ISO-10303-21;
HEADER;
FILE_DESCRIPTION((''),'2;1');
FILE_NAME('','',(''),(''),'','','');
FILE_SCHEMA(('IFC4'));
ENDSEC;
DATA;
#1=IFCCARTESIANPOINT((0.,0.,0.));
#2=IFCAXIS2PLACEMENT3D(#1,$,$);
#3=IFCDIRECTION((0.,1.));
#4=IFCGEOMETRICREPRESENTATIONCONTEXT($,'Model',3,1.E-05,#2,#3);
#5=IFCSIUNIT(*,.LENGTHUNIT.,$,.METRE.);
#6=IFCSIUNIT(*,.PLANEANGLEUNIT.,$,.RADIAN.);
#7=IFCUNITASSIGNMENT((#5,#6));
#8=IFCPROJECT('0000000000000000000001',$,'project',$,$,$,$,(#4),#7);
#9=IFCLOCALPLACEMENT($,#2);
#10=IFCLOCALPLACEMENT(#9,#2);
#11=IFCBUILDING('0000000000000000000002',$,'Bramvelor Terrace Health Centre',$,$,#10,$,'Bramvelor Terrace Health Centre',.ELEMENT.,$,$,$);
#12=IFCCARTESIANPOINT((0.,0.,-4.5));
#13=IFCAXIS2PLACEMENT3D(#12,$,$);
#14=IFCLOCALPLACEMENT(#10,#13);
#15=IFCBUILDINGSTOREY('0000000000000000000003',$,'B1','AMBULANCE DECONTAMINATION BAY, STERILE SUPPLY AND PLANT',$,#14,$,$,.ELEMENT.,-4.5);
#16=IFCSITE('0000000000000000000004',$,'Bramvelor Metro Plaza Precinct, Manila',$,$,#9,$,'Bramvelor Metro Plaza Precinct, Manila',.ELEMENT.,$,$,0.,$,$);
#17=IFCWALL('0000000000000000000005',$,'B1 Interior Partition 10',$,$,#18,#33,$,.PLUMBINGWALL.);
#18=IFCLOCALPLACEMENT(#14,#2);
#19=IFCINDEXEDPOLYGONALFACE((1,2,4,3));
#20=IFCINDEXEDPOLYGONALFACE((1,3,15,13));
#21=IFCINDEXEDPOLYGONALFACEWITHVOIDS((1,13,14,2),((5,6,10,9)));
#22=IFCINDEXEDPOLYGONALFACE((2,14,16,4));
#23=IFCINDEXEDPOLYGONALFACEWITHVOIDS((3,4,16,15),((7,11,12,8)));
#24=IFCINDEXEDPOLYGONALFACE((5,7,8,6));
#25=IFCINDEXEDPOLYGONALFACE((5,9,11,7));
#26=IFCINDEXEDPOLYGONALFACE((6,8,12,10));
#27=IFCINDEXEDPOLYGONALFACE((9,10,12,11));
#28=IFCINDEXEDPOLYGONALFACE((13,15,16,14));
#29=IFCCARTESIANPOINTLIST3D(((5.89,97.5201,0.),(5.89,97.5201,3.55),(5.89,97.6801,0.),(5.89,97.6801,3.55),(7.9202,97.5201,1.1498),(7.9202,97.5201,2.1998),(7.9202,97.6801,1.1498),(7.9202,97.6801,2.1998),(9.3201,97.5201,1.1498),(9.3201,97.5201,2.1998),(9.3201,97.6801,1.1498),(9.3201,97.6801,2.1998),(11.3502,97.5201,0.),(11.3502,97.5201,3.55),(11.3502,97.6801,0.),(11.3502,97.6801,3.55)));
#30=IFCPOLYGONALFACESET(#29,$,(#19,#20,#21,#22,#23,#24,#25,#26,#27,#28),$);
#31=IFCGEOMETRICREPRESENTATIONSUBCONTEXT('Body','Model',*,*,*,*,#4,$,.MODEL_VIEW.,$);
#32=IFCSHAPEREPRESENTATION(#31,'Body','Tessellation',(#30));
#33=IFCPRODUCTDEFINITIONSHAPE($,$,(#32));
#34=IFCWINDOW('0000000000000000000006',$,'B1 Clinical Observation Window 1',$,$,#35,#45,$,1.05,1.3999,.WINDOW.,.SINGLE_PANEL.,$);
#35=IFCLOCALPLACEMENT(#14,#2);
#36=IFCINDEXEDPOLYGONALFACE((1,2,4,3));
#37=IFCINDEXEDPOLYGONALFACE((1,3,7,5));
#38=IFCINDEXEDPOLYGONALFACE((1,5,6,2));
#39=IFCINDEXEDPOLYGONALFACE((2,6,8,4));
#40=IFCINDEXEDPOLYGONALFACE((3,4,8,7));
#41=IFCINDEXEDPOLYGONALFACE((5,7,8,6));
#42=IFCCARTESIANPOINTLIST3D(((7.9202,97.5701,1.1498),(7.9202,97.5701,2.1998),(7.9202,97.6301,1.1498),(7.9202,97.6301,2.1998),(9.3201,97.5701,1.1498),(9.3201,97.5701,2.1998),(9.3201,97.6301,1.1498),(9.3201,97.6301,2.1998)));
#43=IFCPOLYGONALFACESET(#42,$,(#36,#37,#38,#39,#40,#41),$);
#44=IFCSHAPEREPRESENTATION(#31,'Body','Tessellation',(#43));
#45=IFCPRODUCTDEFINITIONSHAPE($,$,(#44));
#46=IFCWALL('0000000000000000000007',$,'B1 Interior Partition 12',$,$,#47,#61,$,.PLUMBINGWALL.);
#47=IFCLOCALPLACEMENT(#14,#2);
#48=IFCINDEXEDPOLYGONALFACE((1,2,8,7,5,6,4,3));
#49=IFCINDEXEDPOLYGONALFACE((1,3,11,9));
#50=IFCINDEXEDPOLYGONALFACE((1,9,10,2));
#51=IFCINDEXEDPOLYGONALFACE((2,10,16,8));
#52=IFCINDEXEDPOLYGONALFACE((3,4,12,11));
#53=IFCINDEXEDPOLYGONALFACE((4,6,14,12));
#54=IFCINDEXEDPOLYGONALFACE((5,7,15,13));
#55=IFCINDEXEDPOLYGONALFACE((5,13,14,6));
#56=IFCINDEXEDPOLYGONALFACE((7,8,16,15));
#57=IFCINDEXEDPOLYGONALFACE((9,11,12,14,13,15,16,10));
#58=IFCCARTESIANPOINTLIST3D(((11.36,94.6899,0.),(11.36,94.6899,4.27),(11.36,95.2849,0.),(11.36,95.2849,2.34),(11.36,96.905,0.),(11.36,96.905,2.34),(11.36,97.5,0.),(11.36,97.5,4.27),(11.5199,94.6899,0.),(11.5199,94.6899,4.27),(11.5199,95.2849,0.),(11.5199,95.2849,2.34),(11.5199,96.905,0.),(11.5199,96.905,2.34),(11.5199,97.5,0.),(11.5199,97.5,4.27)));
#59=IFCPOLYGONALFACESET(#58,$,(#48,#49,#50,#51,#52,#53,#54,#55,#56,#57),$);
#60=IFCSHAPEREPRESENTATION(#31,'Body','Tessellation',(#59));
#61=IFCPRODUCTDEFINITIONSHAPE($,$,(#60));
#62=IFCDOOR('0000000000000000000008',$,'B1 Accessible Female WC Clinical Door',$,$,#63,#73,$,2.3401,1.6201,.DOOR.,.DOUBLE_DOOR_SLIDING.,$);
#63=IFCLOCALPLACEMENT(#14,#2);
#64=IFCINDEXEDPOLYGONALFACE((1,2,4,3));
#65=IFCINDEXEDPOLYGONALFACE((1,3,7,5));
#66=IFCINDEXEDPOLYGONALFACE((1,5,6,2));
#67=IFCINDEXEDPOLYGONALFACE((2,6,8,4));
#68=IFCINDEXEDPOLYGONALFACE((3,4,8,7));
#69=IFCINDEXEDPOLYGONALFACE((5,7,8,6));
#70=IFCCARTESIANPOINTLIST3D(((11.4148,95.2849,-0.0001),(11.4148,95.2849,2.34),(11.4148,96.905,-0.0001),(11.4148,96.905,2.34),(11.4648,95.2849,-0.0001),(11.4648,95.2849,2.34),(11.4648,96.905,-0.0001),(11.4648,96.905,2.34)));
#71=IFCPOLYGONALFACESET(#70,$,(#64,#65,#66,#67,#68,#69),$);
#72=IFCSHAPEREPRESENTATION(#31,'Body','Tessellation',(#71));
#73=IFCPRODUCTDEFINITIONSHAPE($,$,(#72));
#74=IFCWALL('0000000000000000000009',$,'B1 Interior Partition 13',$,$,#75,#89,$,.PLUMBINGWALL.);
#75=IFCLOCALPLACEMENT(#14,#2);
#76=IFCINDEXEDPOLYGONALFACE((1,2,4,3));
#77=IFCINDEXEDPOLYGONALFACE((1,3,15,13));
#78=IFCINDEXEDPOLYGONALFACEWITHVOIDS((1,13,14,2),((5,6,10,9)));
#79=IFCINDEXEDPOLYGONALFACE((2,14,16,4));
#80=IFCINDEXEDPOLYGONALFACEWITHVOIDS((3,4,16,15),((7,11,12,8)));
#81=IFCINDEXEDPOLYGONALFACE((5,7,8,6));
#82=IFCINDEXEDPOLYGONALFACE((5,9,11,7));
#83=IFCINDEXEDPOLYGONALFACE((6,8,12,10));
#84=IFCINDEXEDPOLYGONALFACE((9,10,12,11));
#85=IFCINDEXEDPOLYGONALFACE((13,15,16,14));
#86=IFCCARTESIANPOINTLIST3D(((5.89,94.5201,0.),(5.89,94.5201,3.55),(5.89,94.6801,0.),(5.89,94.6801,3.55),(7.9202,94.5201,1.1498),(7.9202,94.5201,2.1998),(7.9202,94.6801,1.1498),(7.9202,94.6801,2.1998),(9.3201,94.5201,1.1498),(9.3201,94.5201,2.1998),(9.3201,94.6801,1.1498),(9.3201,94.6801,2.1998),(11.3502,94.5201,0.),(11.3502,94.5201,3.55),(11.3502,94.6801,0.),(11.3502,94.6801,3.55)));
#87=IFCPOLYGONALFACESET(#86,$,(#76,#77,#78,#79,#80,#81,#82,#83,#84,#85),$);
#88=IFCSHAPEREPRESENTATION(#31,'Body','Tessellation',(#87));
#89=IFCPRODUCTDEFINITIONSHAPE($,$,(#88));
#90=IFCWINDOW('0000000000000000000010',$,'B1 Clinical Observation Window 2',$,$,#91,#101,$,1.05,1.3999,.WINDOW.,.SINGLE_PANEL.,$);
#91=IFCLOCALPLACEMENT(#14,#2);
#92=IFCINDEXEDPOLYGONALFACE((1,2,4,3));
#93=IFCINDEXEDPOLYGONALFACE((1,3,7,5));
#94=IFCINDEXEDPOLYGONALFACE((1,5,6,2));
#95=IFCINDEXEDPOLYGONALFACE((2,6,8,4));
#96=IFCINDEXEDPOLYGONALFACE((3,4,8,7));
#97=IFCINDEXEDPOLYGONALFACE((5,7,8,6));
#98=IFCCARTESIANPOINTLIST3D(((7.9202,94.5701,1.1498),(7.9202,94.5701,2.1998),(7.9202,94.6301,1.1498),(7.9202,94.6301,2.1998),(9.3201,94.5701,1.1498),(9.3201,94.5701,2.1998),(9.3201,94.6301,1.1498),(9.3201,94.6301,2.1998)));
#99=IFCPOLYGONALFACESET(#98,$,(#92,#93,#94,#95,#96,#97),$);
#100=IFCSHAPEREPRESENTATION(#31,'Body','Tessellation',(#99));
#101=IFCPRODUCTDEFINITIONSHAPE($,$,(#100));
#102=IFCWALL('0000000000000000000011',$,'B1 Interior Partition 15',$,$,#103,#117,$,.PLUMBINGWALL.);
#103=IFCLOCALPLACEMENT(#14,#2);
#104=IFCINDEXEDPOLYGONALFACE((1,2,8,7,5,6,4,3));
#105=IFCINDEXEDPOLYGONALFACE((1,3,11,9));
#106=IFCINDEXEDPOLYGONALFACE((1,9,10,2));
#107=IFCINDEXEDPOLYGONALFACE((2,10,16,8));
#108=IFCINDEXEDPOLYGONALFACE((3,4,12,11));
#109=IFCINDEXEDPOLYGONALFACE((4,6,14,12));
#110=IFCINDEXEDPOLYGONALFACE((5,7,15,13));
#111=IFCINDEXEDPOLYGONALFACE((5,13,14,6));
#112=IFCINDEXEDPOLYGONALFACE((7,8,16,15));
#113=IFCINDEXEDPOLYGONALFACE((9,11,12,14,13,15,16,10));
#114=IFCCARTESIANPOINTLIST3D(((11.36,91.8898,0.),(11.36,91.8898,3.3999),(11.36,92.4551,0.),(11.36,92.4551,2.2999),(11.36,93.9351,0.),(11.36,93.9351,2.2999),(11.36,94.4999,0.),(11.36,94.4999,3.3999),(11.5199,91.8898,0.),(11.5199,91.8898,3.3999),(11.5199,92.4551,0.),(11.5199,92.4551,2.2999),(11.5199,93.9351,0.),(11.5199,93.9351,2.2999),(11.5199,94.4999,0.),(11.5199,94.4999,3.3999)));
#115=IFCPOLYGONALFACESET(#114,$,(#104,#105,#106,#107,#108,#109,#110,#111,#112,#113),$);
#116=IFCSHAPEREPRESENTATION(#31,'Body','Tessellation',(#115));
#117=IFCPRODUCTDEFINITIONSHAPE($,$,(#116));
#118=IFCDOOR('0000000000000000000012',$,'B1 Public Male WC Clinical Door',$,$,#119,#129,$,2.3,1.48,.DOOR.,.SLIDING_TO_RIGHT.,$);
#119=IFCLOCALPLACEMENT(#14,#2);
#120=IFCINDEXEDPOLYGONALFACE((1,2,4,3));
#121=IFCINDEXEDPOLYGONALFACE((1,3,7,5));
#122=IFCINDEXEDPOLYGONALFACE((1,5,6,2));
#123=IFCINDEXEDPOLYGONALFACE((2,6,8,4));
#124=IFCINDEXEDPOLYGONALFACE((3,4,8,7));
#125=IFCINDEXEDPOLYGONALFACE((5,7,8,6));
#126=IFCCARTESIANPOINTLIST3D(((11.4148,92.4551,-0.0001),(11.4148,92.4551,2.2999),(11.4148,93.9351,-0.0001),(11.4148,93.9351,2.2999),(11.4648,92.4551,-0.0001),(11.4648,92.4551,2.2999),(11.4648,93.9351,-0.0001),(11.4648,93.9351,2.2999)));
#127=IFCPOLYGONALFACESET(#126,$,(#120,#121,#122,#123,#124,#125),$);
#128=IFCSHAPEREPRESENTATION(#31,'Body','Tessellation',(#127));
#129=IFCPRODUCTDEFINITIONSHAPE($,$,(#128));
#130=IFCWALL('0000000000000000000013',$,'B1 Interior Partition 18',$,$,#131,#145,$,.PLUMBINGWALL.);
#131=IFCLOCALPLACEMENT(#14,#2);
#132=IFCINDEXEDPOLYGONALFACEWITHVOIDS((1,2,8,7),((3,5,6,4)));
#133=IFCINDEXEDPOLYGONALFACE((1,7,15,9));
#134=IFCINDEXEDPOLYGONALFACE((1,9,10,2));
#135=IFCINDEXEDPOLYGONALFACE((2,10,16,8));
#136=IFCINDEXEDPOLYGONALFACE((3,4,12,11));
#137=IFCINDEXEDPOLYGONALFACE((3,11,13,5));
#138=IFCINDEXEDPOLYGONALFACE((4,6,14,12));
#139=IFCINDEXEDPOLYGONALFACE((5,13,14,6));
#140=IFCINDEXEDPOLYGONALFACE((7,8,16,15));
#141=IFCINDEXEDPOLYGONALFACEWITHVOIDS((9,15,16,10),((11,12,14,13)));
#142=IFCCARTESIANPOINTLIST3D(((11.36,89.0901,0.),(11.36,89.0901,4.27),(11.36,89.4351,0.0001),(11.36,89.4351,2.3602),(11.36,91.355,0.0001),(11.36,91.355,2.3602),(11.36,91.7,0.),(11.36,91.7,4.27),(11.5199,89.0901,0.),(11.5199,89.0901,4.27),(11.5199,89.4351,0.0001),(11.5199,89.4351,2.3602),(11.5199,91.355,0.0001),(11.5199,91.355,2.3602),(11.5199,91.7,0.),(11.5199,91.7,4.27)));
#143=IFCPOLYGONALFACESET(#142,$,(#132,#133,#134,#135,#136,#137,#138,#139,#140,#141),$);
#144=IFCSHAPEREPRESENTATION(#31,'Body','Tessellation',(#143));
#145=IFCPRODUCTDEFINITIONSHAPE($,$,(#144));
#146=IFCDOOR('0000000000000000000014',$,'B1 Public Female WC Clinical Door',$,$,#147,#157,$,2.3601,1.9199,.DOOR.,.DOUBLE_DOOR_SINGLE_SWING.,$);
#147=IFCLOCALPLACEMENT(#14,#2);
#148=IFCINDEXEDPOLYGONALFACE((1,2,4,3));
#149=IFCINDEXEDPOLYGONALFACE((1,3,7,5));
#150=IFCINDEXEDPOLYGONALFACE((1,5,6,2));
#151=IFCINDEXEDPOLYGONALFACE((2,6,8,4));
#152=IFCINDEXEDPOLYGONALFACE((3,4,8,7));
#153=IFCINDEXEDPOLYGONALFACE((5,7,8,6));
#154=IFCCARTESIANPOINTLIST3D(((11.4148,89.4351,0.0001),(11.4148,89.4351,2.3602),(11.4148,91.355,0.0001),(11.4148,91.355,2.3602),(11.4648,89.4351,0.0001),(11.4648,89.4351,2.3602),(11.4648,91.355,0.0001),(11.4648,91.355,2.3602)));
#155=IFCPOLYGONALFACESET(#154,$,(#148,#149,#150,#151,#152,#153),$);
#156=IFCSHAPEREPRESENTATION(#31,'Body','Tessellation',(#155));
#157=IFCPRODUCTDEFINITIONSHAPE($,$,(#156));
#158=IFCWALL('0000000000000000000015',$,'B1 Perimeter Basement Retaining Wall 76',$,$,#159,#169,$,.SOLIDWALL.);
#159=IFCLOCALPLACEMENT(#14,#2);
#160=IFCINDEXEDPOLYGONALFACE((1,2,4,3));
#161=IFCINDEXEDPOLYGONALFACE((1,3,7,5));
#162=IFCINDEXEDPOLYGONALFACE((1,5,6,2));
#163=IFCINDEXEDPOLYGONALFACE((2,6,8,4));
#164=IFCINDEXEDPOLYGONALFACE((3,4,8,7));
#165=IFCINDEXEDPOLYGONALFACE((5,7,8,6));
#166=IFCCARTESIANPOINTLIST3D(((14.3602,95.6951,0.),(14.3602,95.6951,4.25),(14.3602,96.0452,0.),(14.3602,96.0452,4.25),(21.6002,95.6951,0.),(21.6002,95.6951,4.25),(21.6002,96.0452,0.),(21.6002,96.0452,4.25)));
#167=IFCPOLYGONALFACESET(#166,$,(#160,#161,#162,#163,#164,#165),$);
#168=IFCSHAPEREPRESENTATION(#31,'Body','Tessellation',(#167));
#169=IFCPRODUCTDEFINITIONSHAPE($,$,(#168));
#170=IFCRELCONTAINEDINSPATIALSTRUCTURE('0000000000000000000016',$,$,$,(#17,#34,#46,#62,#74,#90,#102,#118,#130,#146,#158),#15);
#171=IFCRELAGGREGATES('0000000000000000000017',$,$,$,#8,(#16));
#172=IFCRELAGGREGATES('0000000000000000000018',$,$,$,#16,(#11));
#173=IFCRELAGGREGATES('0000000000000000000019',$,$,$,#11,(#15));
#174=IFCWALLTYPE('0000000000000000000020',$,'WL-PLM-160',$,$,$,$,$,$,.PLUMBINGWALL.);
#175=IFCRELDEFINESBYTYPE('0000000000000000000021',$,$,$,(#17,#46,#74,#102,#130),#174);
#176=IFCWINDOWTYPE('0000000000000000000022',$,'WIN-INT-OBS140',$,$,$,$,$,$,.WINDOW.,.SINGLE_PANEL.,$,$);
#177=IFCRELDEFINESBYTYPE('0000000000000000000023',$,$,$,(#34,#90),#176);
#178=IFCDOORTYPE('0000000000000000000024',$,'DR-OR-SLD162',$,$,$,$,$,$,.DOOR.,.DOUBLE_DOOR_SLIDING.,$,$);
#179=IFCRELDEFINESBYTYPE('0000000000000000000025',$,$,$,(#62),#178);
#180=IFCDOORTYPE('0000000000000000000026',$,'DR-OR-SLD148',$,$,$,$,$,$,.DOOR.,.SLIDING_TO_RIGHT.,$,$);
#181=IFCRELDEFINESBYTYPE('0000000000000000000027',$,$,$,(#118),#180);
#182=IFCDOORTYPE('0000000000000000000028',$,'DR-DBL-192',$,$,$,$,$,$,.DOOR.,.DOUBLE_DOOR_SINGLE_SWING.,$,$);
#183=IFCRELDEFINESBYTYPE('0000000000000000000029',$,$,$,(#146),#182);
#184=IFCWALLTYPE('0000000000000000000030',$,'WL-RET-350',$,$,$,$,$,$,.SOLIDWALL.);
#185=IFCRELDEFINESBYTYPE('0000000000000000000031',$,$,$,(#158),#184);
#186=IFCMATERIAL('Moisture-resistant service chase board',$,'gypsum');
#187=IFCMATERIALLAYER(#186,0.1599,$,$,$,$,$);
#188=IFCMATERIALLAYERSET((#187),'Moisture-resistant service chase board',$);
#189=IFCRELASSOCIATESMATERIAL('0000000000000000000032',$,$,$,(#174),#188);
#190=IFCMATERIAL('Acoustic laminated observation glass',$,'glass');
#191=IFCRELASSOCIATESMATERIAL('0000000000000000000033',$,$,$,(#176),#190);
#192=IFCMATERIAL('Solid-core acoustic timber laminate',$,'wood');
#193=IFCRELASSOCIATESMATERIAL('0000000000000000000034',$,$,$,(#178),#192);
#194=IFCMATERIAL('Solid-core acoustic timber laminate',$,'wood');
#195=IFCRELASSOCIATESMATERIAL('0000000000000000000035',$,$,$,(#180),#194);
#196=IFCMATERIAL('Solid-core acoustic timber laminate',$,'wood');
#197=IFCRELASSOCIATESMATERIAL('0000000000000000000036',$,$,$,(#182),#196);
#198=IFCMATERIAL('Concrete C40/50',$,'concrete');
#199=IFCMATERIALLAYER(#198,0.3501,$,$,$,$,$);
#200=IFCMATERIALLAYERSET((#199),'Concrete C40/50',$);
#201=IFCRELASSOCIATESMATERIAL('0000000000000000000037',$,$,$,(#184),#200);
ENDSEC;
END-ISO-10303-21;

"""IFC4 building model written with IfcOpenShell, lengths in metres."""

from ifc_helpers import new_model, si_unit, direction, frame, frame_2d, origin, place, context, subcontext, project, spatial, rectangle, extrude, material, layer, layer_set, type_object, element, fill, save


model = new_model("IFC4")

# Units and contexts
model_context = context("Model", 3, precision=1e-05, world=origin(), true_north=direction((0.0, 1.0)))
body_context = subcontext(model_context, "Body", "Model", "MODEL_VIEW")
ifc_project = project(units=[si_unit("LENGTHUNIT", "METRE"), si_unit("PLANEANGLEUNIT", "RADIAN")], contexts=[model_context])

# Site, building, storey
site_placement = place(None, origin())
site = spatial("IfcSite", under=ifc_project, at=site_placement, Name="Bramvelor Metro Plaza Precinct, Manila", LongName="Bramvelor Metro Plaza Precinct, Manila", CompositionType="ELEMENT", RefElevation=0.0)
building_placement = place(site_placement, origin())
building = spatial("IfcBuilding", under=site, at=building_placement, Name="Bramvelor Terrace Health Centre", LongName="Bramvelor Terrace Health Centre", CompositionType="ELEMENT")
storey_placement = place(building_placement, frame((0.0, 0.0, -4.5)))
storey = spatial("IfcBuildingStorey", under=building, at=storey_placement, Name="B1", Description="AMBULANCE DECONTAMINATION BAY, STERILE SUPPLY AND PLANT", CompositionType="ELEMENT", Elevation=-4.5)

# Wall, opening, window
ifc_material_1 = material(Name="Moisture-resistant service chase board", Category="gypsum")
ifc_layer_1 = layer(ifc_material_1, 0.1599)
ifc_layer_set_1 = layer_set([ifc_layer_1], Name="Moisture-resistant service chase board")
wall_type_1 = type_object("IfcWallType", Name="WL-PLM-160", PredefinedType="PLUMBINGWALL", material=ifc_layer_set_1)
wall_1_placement = place(storey_placement, frame((11.3501, 97.6001, 0.0), z_axis=(0.0, 0.0, 1.0), x_axis=(-1.0, 0.0, 0.0)))
wall_1 = element("IfcWall", 1, at=wall_1_placement, inside=storey, type_object=wall_type_1, Name="B1 Interior Partition 10", PredefinedType="PLUMBINGWALL", context=body_context, shape_type="SweptSolid", body=[
    extrude(rectangle(XDim=5.4602, YDim=0.1599, at=frame_2d((2.73, 0.0))), origin(), (0.0, 0.0, 1.0), 3.55),
])
opening_1_placement = place(wall_1_placement, frame((2.03, 0.0, 1.1499)))
opening_1 = element("IfcOpeningElement", 2, at=opening_1_placement, cuts=wall_1, PredefinedType="OPENING", context=body_context, shape_type="SweptSolid", body=[
    extrude(rectangle(XDim=1.3999, YDim=1.05, at=frame_2d((0.7, 0.5249))), frame((0.0, 0.0898, 0.0), z_axis=(0.0, -1.0, 0.0), x_axis=(1.0, 0.0, 0.0)), (0.0, 0.0, 1.0), 0.1799),
])
ifc_material_2 = material(Name="Acoustic laminated observation glass", Category="glass")
window_type = type_object("IfcWindowType", Name="WIN-INT-OBS140", PartitioningType="SINGLE_PANEL", PredefinedType="WINDOW", material=ifc_material_2)
window_1_placement = place(opening_1_placement, origin())
window_1 = element("IfcWindow", 3, at=window_1_placement, inside=storey, type_object=window_type, Name="B1 Clinical Observation Window 1", OverallHeight=1.05, OverallWidth=1.3999, PartitioningType="SINGLE_PANEL", PredefinedType="WINDOW", context=body_context, shape_type="SweptSolid", body=[
    extrude(rectangle(XDim=1.3999, YDim=1.05, at=frame_2d((0.7, 0.5249))), frame((0.0, 0.03, 0.0), z_axis=(0.0, -1.0, 0.0), x_axis=(1.0, 0.0, 0.0)), (0.0, 0.0, 1.0), 0.0601),
])
fill(opening_1, window_1)

# Wall, opening, door
wall_2_placement = place(storey_placement, frame((11.4399, 97.5, 0.0), z_axis=(0.0, 0.0, 1.0), x_axis=(0.0, -1.0, 0.0)))
wall_2 = element("IfcWall", 4, at=wall_2_placement, inside=storey, type_object=wall_type_1, Name="B1 Interior Partition 12", PredefinedType="PLUMBINGWALL", context=body_context, shape_type="SweptSolid", body=[
    extrude(rectangle(XDim=2.8101, YDim=0.1599, at=frame_2d((1.405, 0.0))), origin(), (0.0, 0.0, 1.0), 4.27),
])
opening_2_placement = place(wall_2_placement, frame((0.595, 0.0, 0.0)))
opening_2 = element("IfcOpeningElement", 5, at=opening_2_placement, cuts=wall_2, PredefinedType="OPENING", context=body_context, shape_type="SweptSolid", body=[
    extrude(rectangle(XDim=1.6201, YDim=2.3401, at=frame_2d((0.8101, 1.1699))), frame((0.0, 0.0898, 0.0), z_axis=(0.0, -1.0, 0.0), x_axis=(1.0, 0.0, 0.0)), (0.0, 0.0, 1.0), 0.1799),
])
ifc_material_3 = material(Name="Solid-core acoustic timber laminate", Category="wood")
door_type_1 = type_object("IfcDoorType", Name="DR-OR-SLD162", OperationType="DOUBLE_DOOR_SLIDING", PredefinedType="DOOR", material=ifc_material_3)
door_1_placement = place(opening_2_placement, origin())
door_1 = element("IfcDoor", 6, at=door_1_placement, inside=storey, type_object=door_type_1, Name="B1 Accessible Female WC Clinical Door", OperationType="DOUBLE_DOOR_SLIDING", OverallHeight=2.3401, OverallWidth=1.6201, PredefinedType="DOOR", context=body_context, shape_type="SweptSolid", body=[
    extrude(rectangle(XDim=1.6201, YDim=2.3401, at=frame_2d((0.8101, 1.1699))), frame((0.0, 0.0249, 0.0), z_axis=(0.0, -1.0, 0.0), x_axis=(1.0, 0.0, 0.0)), (0.0, 0.0, 1.0), 0.05),
])
fill(opening_2, door_1)

# Wall, opening, window
wall_3_placement = place(storey_placement, frame((11.3501, 94.6001, 0.0), z_axis=(0.0, 0.0, 1.0), x_axis=(-1.0, 0.0, 0.0)))
wall_3 = element("IfcWall", 7, at=wall_3_placement, inside=storey, type_object=wall_type_1, Name="B1 Interior Partition 13", PredefinedType="PLUMBINGWALL", context=body_context, shape_type="SweptSolid", body=[
    extrude(rectangle(XDim=5.4602, YDim=0.1599, at=frame_2d((2.73, 0.0))), origin(), (0.0, 0.0, 1.0), 3.55),
])
opening_3_placement = place(wall_3_placement, frame((2.03, 0.0, 1.1499)))
opening_3 = element("IfcOpeningElement", 8, at=opening_3_placement, cuts=wall_3, PredefinedType="OPENING", context=body_context, shape_type="SweptSolid", body=[
    extrude(rectangle(XDim=1.3999, YDim=1.05, at=frame_2d((0.7, 0.5249))), frame((0.0, 0.0898, 0.0), z_axis=(0.0, -1.0, 0.0), x_axis=(1.0, 0.0, 0.0)), (0.0, 0.0, 1.0), 0.1799),
])
window_2_placement = place(opening_3_placement, origin())
window_2 = element("IfcWindow", 9, at=window_2_placement, inside=storey, type_object=window_type, Name="B1 Clinical Observation Window 2", OverallHeight=1.05, OverallWidth=1.3999, PartitioningType="SINGLE_PANEL", PredefinedType="WINDOW", context=body_context, shape_type="SweptSolid", body=[
    extrude(rectangle(XDim=1.3999, YDim=1.05, at=frame_2d((0.7, 0.5249))), frame((0.0, 0.03, 0.0), z_axis=(0.0, -1.0, 0.0), x_axis=(1.0, 0.0, 0.0)), (0.0, 0.0, 1.0), 0.0601),
])
fill(opening_3, window_2)

# Walls, openings, doors
wall_4_placement = place(storey_placement, frame((11.4399, 94.5, 0.0), z_axis=(0.0, 0.0, 1.0), x_axis=(0.0, -1.0, 0.0)))
wall_4 = element("IfcWall", 10, at=wall_4_placement, inside=storey, type_object=wall_type_1, Name="B1 Interior Partition 15", PredefinedType="PLUMBINGWALL", context=body_context, shape_type="SweptSolid", body=[
    extrude(rectangle(XDim=2.6101, YDim=0.1599, at=frame_2d((1.3052, 0.0))), origin(), (0.0, 0.0, 1.0), 3.3999),
])
opening_4_placement = place(wall_4_placement, frame((0.5649, 0.0, 0.0)))
opening_4 = element("IfcOpeningElement", 11, at=opening_4_placement, cuts=wall_4, PredefinedType="OPENING", context=body_context, shape_type="SweptSolid", body=[
    extrude(rectangle(XDim=1.48, YDim=2.3, at=frame_2d((0.74, 1.1499))), frame((0.0, 0.0898, 0.0), z_axis=(0.0, -1.0, 0.0), x_axis=(1.0, 0.0, 0.0)), (0.0, 0.0, 1.0), 0.1799),
])
ifc_material_4 = material(Name="Solid-core acoustic timber laminate", Category="wood")
door_type_2 = type_object("IfcDoorType", Name="DR-OR-SLD148", OperationType="SLIDING_TO_RIGHT", PredefinedType="DOOR", material=ifc_material_4)
door_2_placement = place(opening_4_placement, origin())
door_2 = element("IfcDoor", 12, at=door_2_placement, inside=storey, type_object=door_type_2, Name="B1 Public Male WC Clinical Door", OperationType="SLIDING_TO_RIGHT", OverallHeight=2.3, OverallWidth=1.48, PredefinedType="DOOR", context=body_context, shape_type="SweptSolid", body=[
    extrude(rectangle(XDim=1.48, YDim=2.3, at=frame_2d((0.74, 1.1499))), frame((0.0, 0.0249, 0.0), z_axis=(0.0, -1.0, 0.0), x_axis=(1.0, 0.0, 0.0)), (0.0, 0.0, 1.0), 0.05),
])
fill(opening_4, door_2)
wall_5_placement = place(storey_placement, frame((11.4399, 91.7, 0.0), z_axis=(0.0, 0.0, 1.0), x_axis=(0.0, -1.0, 0.0)))
wall_5 = element("IfcWall", 13, at=wall_5_placement, inside=storey, type_object=wall_type_1, Name="B1 Interior Partition 18", PredefinedType="PLUMBINGWALL", context=body_context, shape_type="SweptSolid", body=[
    extrude(rectangle(XDim=2.6099, YDim=0.1599, at=frame_2d((1.3049, 0.0))), origin(), (0.0, 0.0, 1.0), 4.27),
])
opening_5_placement = place(wall_5_placement, frame((0.345, 0.0, 0.0)))
opening_5 = element("IfcOpeningElement", 14, at=opening_5_placement, cuts=wall_5, PredefinedType="OPENING", context=body_context, shape_type="SweptSolid", body=[
    extrude(rectangle(XDim=1.9199, YDim=2.3601, at=frame_2d((0.96, 1.1802))), frame((0.0, 0.0898, 0.0), z_axis=(0.0, -1.0, 0.0), x_axis=(1.0, 0.0, 0.0)), (0.0, 0.0, 1.0), 0.1799),
])
ifc_material_5 = material(Name="Solid-core acoustic timber laminate", Category="wood")
door_type_3 = type_object("IfcDoorType", Name="DR-DBL-192", OperationType="DOUBLE_DOOR_SINGLE_SWING", PredefinedType="DOOR", material=ifc_material_5)
door_3_placement = place(opening_5_placement, origin())
door_3 = element("IfcDoor", 15, at=door_3_placement, inside=storey, type_object=door_type_3, Name="B1 Public Female WC Clinical Door", OperationType="DOUBLE_DOOR_SINGLE_SWING", OverallHeight=2.3601, OverallWidth=1.9199, PredefinedType="DOOR", context=body_context, shape_type="SweptSolid", body=[
    extrude(rectangle(XDim=1.9199, YDim=2.3601, at=frame_2d((0.96, 1.1802))), frame((0.0, 0.0249, 0.0), z_axis=(0.0, -1.0, 0.0), x_axis=(1.0, 0.0, 0.0)), (0.0, 0.0, 1.0), 0.05),
])
fill(opening_5, door_3)

# Wall
ifc_material_6 = material(Name="Concrete C40/50", Category="concrete")
ifc_layer_2 = layer(ifc_material_6, 0.3501)
ifc_layer_set_2 = layer_set([ifc_layer_2], Name="Concrete C40/50")
wall_type_2 = type_object("IfcWallType", Name="WL-RET-350", PredefinedType="SOLIDWALL", material=ifc_layer_set_2)
wall_6_placement = place(storey_placement, frame((14.3601, 95.8701, 0.0), z_axis=(0.0, 0.0, 1.0), x_axis=(1.0, 0.0, 0.0)))
element("IfcWall", 16, at=wall_6_placement, inside=storey, type_object=wall_type_2, Name="B1 Perimeter Basement Retaining Wall 76", PredefinedType="SOLIDWALL", context=body_context, shape_type="SweptSolid", body=[
    extrude(rectangle(XDim=7.24, YDim=0.3501, at=frame_2d((3.6201, 0.0))), origin(), (0.0, 0.0, 1.0), 4.25),
])

save(model, "model.ifc")
